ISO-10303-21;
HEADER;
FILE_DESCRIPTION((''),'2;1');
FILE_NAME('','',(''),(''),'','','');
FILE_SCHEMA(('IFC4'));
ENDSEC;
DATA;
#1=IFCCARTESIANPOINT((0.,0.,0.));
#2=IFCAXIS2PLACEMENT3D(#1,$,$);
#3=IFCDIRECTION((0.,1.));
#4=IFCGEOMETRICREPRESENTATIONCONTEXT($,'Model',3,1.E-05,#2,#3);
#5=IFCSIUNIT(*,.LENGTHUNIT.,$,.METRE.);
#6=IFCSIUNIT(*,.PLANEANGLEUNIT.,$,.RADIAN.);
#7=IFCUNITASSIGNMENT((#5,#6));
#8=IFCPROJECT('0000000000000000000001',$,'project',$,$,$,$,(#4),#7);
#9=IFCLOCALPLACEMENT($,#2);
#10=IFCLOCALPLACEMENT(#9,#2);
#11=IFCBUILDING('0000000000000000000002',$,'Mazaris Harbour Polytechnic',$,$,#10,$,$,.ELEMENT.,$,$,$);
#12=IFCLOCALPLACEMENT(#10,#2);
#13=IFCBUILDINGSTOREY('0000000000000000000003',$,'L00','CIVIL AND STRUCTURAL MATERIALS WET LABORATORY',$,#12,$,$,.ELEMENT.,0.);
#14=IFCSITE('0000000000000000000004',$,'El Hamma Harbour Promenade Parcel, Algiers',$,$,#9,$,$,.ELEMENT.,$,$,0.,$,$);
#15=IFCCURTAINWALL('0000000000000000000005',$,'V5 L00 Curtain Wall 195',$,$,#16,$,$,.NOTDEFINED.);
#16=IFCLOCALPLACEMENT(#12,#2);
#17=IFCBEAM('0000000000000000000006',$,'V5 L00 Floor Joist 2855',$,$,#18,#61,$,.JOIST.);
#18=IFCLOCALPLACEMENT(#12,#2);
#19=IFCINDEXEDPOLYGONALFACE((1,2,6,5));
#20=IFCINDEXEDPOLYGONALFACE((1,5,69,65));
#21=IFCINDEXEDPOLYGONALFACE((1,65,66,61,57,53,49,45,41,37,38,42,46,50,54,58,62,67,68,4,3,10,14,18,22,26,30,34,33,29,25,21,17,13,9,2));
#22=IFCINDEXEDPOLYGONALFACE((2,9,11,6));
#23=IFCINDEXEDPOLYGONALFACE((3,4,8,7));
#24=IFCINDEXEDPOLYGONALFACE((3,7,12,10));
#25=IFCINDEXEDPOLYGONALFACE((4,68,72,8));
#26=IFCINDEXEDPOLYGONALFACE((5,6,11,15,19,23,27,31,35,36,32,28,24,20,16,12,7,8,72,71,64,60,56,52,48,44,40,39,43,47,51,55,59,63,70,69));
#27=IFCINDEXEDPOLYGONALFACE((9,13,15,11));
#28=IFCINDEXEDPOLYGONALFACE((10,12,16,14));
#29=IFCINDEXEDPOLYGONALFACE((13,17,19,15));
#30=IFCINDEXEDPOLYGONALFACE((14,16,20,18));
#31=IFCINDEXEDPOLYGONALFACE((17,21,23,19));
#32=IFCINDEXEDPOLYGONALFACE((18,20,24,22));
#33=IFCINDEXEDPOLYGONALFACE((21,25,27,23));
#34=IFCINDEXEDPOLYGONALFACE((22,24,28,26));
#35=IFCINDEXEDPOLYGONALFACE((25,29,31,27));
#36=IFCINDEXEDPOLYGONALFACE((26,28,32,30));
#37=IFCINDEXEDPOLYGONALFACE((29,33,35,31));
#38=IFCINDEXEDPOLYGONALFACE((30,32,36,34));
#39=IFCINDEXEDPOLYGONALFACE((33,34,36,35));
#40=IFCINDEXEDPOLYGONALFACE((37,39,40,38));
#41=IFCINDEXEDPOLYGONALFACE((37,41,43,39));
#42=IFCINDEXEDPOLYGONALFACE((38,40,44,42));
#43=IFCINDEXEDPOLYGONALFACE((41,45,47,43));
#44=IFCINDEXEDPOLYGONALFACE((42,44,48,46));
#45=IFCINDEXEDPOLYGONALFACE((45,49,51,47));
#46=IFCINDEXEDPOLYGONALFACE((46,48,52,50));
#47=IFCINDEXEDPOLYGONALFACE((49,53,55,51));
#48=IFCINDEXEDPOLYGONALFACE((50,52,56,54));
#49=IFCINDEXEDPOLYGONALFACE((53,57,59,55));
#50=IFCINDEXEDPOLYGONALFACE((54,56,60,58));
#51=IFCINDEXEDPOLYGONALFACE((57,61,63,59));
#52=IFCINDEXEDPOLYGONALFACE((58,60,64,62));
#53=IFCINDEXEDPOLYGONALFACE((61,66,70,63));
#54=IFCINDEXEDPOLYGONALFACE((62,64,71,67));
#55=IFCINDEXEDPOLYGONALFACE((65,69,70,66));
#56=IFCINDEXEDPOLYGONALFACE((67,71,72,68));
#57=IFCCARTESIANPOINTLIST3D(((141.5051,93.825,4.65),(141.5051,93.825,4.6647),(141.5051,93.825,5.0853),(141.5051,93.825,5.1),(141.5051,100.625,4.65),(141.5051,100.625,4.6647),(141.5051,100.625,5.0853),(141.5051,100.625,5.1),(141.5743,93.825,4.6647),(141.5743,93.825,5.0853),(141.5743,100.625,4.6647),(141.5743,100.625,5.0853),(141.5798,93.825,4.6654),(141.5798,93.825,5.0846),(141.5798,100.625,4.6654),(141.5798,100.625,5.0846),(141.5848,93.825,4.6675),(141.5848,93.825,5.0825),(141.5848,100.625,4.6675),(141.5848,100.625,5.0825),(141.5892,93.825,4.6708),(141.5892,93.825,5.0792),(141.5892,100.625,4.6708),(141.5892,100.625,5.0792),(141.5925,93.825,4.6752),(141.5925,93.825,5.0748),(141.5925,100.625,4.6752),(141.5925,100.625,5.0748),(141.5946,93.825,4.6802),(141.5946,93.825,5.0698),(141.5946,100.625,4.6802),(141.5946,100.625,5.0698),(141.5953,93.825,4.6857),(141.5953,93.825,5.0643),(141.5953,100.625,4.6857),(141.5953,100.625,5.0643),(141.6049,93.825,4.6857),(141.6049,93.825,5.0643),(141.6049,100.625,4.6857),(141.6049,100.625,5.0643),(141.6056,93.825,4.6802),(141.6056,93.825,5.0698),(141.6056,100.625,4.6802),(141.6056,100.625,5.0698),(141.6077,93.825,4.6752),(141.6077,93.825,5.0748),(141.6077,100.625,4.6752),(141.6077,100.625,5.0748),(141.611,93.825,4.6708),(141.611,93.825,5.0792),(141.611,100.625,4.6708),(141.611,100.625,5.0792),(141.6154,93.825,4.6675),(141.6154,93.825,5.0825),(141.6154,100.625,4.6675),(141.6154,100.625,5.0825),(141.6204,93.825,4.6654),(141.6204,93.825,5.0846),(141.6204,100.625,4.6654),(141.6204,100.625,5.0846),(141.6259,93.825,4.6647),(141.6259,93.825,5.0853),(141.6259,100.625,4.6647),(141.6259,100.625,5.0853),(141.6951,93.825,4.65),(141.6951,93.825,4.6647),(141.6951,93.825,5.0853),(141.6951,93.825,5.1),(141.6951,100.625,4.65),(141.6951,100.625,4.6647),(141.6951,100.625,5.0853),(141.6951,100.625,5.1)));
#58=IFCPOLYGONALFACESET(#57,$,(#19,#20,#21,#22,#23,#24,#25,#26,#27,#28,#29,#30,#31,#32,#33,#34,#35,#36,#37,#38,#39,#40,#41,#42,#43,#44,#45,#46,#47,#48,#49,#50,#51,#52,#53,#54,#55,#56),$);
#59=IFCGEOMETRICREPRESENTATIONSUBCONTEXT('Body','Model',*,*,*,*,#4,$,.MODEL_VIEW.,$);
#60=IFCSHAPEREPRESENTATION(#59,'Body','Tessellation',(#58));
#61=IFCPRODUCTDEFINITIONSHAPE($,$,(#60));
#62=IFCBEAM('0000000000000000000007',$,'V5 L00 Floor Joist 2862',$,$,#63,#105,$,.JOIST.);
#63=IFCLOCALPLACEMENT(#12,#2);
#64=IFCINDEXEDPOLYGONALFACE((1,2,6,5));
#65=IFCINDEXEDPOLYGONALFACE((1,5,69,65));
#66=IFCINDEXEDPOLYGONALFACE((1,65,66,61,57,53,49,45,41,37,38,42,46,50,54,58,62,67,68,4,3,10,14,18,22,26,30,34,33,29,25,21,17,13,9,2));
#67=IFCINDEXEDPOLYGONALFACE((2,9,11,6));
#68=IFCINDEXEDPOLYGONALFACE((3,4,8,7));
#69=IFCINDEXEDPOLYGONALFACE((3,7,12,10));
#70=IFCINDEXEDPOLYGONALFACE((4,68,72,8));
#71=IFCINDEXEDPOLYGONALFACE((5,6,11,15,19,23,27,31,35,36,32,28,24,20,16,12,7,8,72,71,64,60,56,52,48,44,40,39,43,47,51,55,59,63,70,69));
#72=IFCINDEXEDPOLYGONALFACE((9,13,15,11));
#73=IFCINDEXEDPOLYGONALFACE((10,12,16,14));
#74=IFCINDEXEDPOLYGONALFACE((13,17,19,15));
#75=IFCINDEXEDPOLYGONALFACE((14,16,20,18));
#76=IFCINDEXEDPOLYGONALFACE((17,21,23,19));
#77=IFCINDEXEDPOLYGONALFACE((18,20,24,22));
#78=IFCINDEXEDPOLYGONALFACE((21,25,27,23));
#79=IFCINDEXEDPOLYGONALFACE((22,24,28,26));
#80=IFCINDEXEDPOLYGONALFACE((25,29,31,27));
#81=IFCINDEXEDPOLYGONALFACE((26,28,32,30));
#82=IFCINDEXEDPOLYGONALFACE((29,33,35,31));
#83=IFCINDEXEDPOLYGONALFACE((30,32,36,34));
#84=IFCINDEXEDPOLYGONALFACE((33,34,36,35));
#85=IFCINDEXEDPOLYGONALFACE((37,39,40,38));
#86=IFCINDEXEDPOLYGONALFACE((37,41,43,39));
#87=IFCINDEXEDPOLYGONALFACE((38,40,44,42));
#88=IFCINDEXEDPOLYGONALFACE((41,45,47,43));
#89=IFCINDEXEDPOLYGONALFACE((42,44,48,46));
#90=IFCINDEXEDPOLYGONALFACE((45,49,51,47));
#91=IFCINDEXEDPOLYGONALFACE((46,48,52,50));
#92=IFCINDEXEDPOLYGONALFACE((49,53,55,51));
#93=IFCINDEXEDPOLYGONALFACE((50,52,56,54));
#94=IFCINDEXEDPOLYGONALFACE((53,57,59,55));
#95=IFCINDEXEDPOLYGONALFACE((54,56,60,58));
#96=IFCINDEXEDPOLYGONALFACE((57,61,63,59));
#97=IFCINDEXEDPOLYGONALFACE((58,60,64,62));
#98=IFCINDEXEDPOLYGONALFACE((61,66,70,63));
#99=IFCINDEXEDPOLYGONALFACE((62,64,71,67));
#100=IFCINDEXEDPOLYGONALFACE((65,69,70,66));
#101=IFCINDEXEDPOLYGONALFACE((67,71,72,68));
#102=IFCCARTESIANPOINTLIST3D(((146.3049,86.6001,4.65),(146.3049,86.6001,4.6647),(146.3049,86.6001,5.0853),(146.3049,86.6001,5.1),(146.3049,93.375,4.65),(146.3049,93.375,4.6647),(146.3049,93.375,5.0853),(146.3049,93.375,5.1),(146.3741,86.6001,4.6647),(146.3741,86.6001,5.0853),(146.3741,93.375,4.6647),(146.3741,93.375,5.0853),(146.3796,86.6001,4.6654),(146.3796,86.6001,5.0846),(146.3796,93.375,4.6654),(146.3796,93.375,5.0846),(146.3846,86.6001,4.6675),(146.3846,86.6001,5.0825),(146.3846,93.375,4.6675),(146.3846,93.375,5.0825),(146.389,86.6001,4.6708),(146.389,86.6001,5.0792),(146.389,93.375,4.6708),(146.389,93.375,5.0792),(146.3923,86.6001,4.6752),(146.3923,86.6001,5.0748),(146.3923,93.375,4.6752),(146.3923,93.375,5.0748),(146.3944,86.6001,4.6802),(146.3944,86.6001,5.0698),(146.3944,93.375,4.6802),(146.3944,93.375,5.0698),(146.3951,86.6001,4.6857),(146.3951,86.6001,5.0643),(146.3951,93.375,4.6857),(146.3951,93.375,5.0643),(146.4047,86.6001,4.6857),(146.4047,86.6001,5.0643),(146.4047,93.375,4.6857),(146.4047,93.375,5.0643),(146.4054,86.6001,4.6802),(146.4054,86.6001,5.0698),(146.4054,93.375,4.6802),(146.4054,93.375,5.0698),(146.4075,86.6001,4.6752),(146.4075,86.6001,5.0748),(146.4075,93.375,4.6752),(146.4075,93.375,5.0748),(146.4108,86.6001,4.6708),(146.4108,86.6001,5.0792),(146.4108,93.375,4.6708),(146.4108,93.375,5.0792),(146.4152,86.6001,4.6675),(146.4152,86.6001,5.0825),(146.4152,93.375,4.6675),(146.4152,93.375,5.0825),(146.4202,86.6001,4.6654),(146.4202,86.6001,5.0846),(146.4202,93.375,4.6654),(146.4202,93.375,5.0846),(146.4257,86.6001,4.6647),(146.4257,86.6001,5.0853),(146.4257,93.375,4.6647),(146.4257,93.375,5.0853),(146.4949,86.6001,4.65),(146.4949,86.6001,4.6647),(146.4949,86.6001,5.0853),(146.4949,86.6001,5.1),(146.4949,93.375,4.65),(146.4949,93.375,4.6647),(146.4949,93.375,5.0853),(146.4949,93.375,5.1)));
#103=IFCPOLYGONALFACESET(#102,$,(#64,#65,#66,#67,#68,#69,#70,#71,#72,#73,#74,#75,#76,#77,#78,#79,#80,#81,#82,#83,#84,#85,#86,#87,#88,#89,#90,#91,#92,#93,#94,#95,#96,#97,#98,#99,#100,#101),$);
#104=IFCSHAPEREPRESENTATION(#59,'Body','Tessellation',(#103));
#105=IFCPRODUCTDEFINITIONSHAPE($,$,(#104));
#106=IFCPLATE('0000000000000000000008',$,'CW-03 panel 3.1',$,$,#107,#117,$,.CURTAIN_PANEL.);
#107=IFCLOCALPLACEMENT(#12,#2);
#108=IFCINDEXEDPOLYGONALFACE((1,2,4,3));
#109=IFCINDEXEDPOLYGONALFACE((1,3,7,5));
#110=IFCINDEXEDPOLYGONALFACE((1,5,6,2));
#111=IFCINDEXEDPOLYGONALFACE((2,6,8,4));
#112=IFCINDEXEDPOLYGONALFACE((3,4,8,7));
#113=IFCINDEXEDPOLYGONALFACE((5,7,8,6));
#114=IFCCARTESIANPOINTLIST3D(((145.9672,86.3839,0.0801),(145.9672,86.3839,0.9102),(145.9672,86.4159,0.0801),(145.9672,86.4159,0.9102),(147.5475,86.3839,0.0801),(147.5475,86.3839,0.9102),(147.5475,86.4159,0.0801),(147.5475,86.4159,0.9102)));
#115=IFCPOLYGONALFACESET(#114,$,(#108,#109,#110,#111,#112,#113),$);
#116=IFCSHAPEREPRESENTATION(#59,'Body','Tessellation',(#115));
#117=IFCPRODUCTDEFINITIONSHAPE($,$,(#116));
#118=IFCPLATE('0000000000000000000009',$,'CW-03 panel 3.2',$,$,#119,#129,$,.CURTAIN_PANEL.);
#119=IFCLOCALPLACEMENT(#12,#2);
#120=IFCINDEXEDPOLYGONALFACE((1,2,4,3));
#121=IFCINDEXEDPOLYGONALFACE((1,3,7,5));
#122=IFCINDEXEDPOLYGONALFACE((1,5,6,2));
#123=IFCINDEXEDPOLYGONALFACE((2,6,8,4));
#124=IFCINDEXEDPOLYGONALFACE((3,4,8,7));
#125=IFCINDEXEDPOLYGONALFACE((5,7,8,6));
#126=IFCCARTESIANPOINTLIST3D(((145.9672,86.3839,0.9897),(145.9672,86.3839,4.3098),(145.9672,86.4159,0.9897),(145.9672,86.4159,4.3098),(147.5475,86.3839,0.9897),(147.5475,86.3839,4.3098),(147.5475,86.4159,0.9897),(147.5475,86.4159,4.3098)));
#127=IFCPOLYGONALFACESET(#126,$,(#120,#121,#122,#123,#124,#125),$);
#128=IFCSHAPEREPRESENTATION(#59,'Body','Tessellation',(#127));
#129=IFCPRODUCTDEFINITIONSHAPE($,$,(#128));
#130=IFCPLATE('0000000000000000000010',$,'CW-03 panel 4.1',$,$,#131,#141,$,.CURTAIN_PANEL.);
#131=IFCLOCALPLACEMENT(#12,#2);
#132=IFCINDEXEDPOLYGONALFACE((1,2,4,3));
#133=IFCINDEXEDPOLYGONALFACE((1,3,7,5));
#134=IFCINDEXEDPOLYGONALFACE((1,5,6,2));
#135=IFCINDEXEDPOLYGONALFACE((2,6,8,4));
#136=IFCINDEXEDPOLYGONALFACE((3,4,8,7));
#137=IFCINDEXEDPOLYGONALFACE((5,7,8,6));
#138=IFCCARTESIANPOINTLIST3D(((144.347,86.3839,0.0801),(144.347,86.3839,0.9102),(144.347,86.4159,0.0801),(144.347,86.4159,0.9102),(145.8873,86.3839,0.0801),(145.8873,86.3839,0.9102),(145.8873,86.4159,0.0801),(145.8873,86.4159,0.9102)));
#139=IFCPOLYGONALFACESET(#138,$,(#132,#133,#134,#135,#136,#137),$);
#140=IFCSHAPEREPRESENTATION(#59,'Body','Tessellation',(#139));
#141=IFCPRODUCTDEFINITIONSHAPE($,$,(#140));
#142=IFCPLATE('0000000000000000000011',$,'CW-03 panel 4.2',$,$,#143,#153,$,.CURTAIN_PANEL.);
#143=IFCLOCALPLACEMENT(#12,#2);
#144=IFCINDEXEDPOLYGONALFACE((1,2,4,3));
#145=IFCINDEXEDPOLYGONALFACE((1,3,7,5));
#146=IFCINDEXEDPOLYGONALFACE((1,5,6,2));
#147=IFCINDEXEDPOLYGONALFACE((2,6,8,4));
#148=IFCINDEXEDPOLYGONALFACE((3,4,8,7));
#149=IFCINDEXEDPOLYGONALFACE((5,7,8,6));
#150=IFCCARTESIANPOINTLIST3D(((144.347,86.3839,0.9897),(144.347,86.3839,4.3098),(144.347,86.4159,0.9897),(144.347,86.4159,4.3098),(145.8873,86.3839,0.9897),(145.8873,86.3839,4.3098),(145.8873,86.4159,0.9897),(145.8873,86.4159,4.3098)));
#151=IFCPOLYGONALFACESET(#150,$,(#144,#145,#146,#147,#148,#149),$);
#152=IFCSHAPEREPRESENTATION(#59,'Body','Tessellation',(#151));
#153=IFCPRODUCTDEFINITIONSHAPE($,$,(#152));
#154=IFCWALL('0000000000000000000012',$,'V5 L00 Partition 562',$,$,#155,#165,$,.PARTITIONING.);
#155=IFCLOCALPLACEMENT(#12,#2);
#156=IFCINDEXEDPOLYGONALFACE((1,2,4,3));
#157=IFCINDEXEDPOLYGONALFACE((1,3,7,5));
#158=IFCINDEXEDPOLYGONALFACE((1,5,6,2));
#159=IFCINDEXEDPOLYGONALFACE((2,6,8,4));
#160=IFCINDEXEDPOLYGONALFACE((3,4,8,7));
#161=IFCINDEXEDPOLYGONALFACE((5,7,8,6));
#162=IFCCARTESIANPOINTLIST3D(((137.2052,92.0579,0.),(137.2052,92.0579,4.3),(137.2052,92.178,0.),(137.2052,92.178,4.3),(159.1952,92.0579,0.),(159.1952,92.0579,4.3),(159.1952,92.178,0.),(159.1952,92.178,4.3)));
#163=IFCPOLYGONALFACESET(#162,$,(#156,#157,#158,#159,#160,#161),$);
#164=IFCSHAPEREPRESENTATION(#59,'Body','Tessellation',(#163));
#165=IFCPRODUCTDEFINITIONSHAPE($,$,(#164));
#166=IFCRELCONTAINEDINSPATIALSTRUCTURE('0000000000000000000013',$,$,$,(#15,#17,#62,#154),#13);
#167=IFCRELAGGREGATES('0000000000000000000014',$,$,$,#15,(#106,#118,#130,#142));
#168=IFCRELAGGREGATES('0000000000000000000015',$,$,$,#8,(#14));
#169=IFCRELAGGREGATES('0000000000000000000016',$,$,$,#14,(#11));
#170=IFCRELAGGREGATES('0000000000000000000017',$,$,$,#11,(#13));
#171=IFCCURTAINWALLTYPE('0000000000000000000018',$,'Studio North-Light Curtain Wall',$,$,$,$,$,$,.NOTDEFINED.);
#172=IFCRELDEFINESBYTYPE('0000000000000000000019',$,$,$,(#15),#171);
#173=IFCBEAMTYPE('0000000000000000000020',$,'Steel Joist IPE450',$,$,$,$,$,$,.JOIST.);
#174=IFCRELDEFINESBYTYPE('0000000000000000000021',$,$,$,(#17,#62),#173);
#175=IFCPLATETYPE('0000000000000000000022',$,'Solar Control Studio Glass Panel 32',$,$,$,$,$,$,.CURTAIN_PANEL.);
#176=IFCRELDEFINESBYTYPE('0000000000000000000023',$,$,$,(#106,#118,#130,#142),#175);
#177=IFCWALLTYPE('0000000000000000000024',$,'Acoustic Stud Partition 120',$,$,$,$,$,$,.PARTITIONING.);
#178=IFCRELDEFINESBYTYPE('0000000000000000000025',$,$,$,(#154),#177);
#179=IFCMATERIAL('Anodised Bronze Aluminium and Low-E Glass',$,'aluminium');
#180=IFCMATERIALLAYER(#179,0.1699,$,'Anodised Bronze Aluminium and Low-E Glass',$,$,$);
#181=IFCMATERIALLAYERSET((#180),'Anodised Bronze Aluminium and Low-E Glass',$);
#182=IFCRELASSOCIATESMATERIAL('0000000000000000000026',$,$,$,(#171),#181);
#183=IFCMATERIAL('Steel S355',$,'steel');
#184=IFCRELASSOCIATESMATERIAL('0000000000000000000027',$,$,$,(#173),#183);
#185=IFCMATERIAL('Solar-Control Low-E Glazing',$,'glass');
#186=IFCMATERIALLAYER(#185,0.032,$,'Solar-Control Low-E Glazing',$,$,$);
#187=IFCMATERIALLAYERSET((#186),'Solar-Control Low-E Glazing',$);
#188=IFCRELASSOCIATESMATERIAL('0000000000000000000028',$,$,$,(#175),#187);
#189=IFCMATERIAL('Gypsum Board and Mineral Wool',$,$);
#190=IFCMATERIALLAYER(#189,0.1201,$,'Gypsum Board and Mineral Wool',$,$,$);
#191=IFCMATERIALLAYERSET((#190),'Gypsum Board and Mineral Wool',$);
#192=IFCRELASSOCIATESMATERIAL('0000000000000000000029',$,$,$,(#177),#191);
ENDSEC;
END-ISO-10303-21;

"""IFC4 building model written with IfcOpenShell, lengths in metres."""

from ifc_helpers import new_model, si_unit, direction, frame, frame_2d, origin, origin_2d, place, context, subcontext, project, spatial, rectangle, i_section, extrude, material, layer, layer_set, material_profile, profile_set, type_object, element, aggregate, save


model = new_model("IFC4")

# Units and contexts
model_context = context("Model", 3, precision=1e-05, world=origin(), true_north=direction((0.0, 1.0)))
body_context = subcontext(model_context, "Body", "Model", "MODEL_VIEW")
ifc_project = project(units=[si_unit("LENGTHUNIT", "METRE"), si_unit("PLANEANGLEUNIT", "RADIAN")], contexts=[model_context])

# Site, building, storey
site_placement = place(None, origin())
site = spatial("IfcSite", under=ifc_project, at=site_placement, Name="El Hamma Harbour Promenade Parcel, Algiers", CompositionType="ELEMENT", RefElevation=0.0)
building_placement = place(site_placement, origin())
building = spatial("IfcBuilding", under=site, at=building_placement, Name="Mazaris Harbour Polytechnic", CompositionType="ELEMENT")
storey_placement = place(building_placement, origin())
storey = spatial("IfcBuildingStorey", under=building, at=storey_placement, Name="L00", Description="CIVIL AND STRUCTURAL MATERIALS WET LABORATORY", CompositionType="ELEMENT", Elevation=0.0)

# Shared definitions
ifc_material_1 = material(Name="Anodised Bronze Aluminium and Low-E Glass", Category="aluminium")
ifc_layer_1 = layer(ifc_material_1, 0.1699, Name="Anodised Bronze Aluminium and Low-E Glass")
ifc_layer_set_1 = layer_set([ifc_layer_1], Name="Anodised Bronze Aluminium and Low-E Glass")
curtain_wall_type = type_object("IfcCurtainWallType", Name="Studio North-Light Curtain Wall", PredefinedType="NOTDEFINED", material=ifc_layer_set_1)

# Curtain wall
curtain_wall_1_placement = place(storey_placement, origin())
curtain_wall_1 = element("IfcCurtainWall", 1, at=curtain_wall_1_placement, inside=storey, type_object=curtain_wall_type, Name="V5 L00 Curtain Wall 195", PredefinedType="NOTDEFINED")

# Beams
ifc_material_2 = material(Name="Steel S355", Category="steel")
ifc_material_profile_1 = material_profile(ifc_material_2, i_section(OverallWidth=0.1899, OverallDepth=0.45, WebThickness=0.0095, FlangeThickness=0.0146, FilletRadius=0.021, at=origin_2d()), Name="IPE 450")
ifc_profile_set_1 = profile_set([ifc_material_profile_1], Name="Steel S355")
beam_type_1 = type_object("IfcBeamType", Name="Steel Joist IPE450", PredefinedType="JOIST", material=ifc_profile_set_1)
beam_1_placement = place(storey_placement, frame((141.6001, 93.825, 4.875), z_axis=(0.0, 1.0, 0.0), x_axis=(-1.0, 0.0, 0.0)))
element("IfcBeam", 2, at=beam_1_placement, inside=storey, type_object=beam_type_1, Name="V5 L00 Floor Joist 2855", PredefinedType="JOIST", context=body_context, shape_type="SweptSolid", body=[
    extrude(i_section(OverallWidth=0.1899, OverallDepth=0.45, WebThickness=0.0095, FlangeThickness=0.0146, FilletRadius=0.021, at=origin_2d()), origin(), (0.0, 0.0, 1.0), 6.8),
])
beam_2_placement = place(storey_placement, frame((146.3999, 86.6001, 4.875), z_axis=(0.0, 1.0, 0.0), x_axis=(-1.0, 0.0, 0.0)))
element("IfcBeam", 3, at=beam_2_placement, inside=storey, type_object=beam_type_1, Name="V5 L00 Floor Joist 2862", PredefinedType="JOIST", context=body_context, shape_type="SweptSolid", body=[
    extrude(i_section(OverallWidth=0.1899, OverallDepth=0.45, WebThickness=0.0095, FlangeThickness=0.0146, FilletRadius=0.021, at=origin_2d()), origin(), (0.0, 0.0, 1.0), 6.7749),
])

# Plates
ifc_material_3 = material(Name="Solar-Control Low-E Glazing", Category="glass")
ifc_layer_2 = layer(ifc_material_3, 0.032, Name="Solar-Control Low-E Glazing")
ifc_layer_set_2 = layer_set([ifc_layer_2], Name="Solar-Control Low-E Glazing")
plate_type = type_object("IfcPlateType", Name="Solar Control Studio Glass Panel 32", PredefinedType="CURTAIN_PANEL", material=ifc_layer_set_2)
plate_1_placement = place(storey_placement, frame((146.7573, 86.3999, 0.0801), z_axis=(0.0, 0.0, 1.0), x_axis=(-1.0, 0.0, 0.0)))
plate_1 = element("IfcPlate", 4, at=plate_1_placement, type_object=plate_type, Name="CW-03 panel 3.1", PredefinedType="CURTAIN_PANEL", context=body_context, shape_type="SweptSolid", body=[
    extrude(rectangle(XDim=1.5803, YDim=0.032, at=origin_2d()), origin(), (0.0, 0.0, 1.0), 0.8301),
])
plate_2_placement = place(storey_placement, frame((146.7573, 86.3999, 0.9897), z_axis=(0.0, 0.0, 1.0), x_axis=(-1.0, 0.0, 0.0)))
plate_2 = element("IfcPlate", 5, at=plate_2_placement, type_object=plate_type, Name="CW-03 panel 3.2", PredefinedType="CURTAIN_PANEL", context=body_context, shape_type="SweptSolid", body=[
    extrude(rectangle(XDim=1.5803, YDim=0.032, at=origin_2d()), origin(), (0.0, 0.0, 1.0), 3.3201),
])
plate_3_placement = place(storey_placement, frame((145.1172, 86.3999, 0.0801), z_axis=(0.0, 0.0, 1.0), x_axis=(-1.0, 0.0, 0.0)))
plate_3 = element("IfcPlate", 6, at=plate_3_placement, type_object=plate_type, Name="CW-03 panel 4.1", PredefinedType="CURTAIN_PANEL", context=body_context, shape_type="SweptSolid", body=[
    extrude(rectangle(XDim=1.5403, YDim=0.032, at=origin_2d()), origin(), (0.0, 0.0, 1.0), 0.8301),
])
plate_4_placement = place(storey_placement, frame((145.1172, 86.3999, 0.9897), z_axis=(0.0, 0.0, 1.0), x_axis=(-1.0, 0.0, 0.0)))
plate_4 = element("IfcPlate", 7, at=plate_4_placement, type_object=plate_type, Name="CW-03 panel 4.2", PredefinedType="CURTAIN_PANEL", context=body_context, shape_type="SweptSolid", body=[
    extrude(rectangle(XDim=1.5403, YDim=0.032, at=origin_2d()), origin(), (0.0, 0.0, 1.0), 3.3201),
])
aggregate(curtain_wall_1, [plate_1, plate_2, plate_3, plate_4])

# Wall
ifc_material_4 = material(Name="Gypsum Board and Mineral Wool")
ifc_layer_3 = layer(ifc_material_4, 0.1201, Name="Gypsum Board and Mineral Wool")
ifc_layer_set_3 = layer_set([ifc_layer_3], Name="Gypsum Board and Mineral Wool")
wall_type = type_object("IfcWallType", Name="Acoustic Stud Partition 120", PredefinedType="PARTITIONING", material=ifc_layer_set_3)
wall_placement = place(storey_placement, frame((137.2051, 92.1179, 0.0), z_axis=(0.0, 0.0, 1.0), x_axis=(1.0, 0.0, 0.0)))
element("IfcWall", 8, at=wall_placement, inside=storey, type_object=wall_type, Name="V5 L00 Partition 562", PredefinedType="PARTITIONING", context=body_context, shape_type="SweptSolid", body=[
    extrude(rectangle(XDim=21.99, YDim=0.1201, at=frame_2d((10.9951, 0.0))), origin(), (0.0, 0.0, 1.0), 4.3),
])

save(model, "model.ifc")
